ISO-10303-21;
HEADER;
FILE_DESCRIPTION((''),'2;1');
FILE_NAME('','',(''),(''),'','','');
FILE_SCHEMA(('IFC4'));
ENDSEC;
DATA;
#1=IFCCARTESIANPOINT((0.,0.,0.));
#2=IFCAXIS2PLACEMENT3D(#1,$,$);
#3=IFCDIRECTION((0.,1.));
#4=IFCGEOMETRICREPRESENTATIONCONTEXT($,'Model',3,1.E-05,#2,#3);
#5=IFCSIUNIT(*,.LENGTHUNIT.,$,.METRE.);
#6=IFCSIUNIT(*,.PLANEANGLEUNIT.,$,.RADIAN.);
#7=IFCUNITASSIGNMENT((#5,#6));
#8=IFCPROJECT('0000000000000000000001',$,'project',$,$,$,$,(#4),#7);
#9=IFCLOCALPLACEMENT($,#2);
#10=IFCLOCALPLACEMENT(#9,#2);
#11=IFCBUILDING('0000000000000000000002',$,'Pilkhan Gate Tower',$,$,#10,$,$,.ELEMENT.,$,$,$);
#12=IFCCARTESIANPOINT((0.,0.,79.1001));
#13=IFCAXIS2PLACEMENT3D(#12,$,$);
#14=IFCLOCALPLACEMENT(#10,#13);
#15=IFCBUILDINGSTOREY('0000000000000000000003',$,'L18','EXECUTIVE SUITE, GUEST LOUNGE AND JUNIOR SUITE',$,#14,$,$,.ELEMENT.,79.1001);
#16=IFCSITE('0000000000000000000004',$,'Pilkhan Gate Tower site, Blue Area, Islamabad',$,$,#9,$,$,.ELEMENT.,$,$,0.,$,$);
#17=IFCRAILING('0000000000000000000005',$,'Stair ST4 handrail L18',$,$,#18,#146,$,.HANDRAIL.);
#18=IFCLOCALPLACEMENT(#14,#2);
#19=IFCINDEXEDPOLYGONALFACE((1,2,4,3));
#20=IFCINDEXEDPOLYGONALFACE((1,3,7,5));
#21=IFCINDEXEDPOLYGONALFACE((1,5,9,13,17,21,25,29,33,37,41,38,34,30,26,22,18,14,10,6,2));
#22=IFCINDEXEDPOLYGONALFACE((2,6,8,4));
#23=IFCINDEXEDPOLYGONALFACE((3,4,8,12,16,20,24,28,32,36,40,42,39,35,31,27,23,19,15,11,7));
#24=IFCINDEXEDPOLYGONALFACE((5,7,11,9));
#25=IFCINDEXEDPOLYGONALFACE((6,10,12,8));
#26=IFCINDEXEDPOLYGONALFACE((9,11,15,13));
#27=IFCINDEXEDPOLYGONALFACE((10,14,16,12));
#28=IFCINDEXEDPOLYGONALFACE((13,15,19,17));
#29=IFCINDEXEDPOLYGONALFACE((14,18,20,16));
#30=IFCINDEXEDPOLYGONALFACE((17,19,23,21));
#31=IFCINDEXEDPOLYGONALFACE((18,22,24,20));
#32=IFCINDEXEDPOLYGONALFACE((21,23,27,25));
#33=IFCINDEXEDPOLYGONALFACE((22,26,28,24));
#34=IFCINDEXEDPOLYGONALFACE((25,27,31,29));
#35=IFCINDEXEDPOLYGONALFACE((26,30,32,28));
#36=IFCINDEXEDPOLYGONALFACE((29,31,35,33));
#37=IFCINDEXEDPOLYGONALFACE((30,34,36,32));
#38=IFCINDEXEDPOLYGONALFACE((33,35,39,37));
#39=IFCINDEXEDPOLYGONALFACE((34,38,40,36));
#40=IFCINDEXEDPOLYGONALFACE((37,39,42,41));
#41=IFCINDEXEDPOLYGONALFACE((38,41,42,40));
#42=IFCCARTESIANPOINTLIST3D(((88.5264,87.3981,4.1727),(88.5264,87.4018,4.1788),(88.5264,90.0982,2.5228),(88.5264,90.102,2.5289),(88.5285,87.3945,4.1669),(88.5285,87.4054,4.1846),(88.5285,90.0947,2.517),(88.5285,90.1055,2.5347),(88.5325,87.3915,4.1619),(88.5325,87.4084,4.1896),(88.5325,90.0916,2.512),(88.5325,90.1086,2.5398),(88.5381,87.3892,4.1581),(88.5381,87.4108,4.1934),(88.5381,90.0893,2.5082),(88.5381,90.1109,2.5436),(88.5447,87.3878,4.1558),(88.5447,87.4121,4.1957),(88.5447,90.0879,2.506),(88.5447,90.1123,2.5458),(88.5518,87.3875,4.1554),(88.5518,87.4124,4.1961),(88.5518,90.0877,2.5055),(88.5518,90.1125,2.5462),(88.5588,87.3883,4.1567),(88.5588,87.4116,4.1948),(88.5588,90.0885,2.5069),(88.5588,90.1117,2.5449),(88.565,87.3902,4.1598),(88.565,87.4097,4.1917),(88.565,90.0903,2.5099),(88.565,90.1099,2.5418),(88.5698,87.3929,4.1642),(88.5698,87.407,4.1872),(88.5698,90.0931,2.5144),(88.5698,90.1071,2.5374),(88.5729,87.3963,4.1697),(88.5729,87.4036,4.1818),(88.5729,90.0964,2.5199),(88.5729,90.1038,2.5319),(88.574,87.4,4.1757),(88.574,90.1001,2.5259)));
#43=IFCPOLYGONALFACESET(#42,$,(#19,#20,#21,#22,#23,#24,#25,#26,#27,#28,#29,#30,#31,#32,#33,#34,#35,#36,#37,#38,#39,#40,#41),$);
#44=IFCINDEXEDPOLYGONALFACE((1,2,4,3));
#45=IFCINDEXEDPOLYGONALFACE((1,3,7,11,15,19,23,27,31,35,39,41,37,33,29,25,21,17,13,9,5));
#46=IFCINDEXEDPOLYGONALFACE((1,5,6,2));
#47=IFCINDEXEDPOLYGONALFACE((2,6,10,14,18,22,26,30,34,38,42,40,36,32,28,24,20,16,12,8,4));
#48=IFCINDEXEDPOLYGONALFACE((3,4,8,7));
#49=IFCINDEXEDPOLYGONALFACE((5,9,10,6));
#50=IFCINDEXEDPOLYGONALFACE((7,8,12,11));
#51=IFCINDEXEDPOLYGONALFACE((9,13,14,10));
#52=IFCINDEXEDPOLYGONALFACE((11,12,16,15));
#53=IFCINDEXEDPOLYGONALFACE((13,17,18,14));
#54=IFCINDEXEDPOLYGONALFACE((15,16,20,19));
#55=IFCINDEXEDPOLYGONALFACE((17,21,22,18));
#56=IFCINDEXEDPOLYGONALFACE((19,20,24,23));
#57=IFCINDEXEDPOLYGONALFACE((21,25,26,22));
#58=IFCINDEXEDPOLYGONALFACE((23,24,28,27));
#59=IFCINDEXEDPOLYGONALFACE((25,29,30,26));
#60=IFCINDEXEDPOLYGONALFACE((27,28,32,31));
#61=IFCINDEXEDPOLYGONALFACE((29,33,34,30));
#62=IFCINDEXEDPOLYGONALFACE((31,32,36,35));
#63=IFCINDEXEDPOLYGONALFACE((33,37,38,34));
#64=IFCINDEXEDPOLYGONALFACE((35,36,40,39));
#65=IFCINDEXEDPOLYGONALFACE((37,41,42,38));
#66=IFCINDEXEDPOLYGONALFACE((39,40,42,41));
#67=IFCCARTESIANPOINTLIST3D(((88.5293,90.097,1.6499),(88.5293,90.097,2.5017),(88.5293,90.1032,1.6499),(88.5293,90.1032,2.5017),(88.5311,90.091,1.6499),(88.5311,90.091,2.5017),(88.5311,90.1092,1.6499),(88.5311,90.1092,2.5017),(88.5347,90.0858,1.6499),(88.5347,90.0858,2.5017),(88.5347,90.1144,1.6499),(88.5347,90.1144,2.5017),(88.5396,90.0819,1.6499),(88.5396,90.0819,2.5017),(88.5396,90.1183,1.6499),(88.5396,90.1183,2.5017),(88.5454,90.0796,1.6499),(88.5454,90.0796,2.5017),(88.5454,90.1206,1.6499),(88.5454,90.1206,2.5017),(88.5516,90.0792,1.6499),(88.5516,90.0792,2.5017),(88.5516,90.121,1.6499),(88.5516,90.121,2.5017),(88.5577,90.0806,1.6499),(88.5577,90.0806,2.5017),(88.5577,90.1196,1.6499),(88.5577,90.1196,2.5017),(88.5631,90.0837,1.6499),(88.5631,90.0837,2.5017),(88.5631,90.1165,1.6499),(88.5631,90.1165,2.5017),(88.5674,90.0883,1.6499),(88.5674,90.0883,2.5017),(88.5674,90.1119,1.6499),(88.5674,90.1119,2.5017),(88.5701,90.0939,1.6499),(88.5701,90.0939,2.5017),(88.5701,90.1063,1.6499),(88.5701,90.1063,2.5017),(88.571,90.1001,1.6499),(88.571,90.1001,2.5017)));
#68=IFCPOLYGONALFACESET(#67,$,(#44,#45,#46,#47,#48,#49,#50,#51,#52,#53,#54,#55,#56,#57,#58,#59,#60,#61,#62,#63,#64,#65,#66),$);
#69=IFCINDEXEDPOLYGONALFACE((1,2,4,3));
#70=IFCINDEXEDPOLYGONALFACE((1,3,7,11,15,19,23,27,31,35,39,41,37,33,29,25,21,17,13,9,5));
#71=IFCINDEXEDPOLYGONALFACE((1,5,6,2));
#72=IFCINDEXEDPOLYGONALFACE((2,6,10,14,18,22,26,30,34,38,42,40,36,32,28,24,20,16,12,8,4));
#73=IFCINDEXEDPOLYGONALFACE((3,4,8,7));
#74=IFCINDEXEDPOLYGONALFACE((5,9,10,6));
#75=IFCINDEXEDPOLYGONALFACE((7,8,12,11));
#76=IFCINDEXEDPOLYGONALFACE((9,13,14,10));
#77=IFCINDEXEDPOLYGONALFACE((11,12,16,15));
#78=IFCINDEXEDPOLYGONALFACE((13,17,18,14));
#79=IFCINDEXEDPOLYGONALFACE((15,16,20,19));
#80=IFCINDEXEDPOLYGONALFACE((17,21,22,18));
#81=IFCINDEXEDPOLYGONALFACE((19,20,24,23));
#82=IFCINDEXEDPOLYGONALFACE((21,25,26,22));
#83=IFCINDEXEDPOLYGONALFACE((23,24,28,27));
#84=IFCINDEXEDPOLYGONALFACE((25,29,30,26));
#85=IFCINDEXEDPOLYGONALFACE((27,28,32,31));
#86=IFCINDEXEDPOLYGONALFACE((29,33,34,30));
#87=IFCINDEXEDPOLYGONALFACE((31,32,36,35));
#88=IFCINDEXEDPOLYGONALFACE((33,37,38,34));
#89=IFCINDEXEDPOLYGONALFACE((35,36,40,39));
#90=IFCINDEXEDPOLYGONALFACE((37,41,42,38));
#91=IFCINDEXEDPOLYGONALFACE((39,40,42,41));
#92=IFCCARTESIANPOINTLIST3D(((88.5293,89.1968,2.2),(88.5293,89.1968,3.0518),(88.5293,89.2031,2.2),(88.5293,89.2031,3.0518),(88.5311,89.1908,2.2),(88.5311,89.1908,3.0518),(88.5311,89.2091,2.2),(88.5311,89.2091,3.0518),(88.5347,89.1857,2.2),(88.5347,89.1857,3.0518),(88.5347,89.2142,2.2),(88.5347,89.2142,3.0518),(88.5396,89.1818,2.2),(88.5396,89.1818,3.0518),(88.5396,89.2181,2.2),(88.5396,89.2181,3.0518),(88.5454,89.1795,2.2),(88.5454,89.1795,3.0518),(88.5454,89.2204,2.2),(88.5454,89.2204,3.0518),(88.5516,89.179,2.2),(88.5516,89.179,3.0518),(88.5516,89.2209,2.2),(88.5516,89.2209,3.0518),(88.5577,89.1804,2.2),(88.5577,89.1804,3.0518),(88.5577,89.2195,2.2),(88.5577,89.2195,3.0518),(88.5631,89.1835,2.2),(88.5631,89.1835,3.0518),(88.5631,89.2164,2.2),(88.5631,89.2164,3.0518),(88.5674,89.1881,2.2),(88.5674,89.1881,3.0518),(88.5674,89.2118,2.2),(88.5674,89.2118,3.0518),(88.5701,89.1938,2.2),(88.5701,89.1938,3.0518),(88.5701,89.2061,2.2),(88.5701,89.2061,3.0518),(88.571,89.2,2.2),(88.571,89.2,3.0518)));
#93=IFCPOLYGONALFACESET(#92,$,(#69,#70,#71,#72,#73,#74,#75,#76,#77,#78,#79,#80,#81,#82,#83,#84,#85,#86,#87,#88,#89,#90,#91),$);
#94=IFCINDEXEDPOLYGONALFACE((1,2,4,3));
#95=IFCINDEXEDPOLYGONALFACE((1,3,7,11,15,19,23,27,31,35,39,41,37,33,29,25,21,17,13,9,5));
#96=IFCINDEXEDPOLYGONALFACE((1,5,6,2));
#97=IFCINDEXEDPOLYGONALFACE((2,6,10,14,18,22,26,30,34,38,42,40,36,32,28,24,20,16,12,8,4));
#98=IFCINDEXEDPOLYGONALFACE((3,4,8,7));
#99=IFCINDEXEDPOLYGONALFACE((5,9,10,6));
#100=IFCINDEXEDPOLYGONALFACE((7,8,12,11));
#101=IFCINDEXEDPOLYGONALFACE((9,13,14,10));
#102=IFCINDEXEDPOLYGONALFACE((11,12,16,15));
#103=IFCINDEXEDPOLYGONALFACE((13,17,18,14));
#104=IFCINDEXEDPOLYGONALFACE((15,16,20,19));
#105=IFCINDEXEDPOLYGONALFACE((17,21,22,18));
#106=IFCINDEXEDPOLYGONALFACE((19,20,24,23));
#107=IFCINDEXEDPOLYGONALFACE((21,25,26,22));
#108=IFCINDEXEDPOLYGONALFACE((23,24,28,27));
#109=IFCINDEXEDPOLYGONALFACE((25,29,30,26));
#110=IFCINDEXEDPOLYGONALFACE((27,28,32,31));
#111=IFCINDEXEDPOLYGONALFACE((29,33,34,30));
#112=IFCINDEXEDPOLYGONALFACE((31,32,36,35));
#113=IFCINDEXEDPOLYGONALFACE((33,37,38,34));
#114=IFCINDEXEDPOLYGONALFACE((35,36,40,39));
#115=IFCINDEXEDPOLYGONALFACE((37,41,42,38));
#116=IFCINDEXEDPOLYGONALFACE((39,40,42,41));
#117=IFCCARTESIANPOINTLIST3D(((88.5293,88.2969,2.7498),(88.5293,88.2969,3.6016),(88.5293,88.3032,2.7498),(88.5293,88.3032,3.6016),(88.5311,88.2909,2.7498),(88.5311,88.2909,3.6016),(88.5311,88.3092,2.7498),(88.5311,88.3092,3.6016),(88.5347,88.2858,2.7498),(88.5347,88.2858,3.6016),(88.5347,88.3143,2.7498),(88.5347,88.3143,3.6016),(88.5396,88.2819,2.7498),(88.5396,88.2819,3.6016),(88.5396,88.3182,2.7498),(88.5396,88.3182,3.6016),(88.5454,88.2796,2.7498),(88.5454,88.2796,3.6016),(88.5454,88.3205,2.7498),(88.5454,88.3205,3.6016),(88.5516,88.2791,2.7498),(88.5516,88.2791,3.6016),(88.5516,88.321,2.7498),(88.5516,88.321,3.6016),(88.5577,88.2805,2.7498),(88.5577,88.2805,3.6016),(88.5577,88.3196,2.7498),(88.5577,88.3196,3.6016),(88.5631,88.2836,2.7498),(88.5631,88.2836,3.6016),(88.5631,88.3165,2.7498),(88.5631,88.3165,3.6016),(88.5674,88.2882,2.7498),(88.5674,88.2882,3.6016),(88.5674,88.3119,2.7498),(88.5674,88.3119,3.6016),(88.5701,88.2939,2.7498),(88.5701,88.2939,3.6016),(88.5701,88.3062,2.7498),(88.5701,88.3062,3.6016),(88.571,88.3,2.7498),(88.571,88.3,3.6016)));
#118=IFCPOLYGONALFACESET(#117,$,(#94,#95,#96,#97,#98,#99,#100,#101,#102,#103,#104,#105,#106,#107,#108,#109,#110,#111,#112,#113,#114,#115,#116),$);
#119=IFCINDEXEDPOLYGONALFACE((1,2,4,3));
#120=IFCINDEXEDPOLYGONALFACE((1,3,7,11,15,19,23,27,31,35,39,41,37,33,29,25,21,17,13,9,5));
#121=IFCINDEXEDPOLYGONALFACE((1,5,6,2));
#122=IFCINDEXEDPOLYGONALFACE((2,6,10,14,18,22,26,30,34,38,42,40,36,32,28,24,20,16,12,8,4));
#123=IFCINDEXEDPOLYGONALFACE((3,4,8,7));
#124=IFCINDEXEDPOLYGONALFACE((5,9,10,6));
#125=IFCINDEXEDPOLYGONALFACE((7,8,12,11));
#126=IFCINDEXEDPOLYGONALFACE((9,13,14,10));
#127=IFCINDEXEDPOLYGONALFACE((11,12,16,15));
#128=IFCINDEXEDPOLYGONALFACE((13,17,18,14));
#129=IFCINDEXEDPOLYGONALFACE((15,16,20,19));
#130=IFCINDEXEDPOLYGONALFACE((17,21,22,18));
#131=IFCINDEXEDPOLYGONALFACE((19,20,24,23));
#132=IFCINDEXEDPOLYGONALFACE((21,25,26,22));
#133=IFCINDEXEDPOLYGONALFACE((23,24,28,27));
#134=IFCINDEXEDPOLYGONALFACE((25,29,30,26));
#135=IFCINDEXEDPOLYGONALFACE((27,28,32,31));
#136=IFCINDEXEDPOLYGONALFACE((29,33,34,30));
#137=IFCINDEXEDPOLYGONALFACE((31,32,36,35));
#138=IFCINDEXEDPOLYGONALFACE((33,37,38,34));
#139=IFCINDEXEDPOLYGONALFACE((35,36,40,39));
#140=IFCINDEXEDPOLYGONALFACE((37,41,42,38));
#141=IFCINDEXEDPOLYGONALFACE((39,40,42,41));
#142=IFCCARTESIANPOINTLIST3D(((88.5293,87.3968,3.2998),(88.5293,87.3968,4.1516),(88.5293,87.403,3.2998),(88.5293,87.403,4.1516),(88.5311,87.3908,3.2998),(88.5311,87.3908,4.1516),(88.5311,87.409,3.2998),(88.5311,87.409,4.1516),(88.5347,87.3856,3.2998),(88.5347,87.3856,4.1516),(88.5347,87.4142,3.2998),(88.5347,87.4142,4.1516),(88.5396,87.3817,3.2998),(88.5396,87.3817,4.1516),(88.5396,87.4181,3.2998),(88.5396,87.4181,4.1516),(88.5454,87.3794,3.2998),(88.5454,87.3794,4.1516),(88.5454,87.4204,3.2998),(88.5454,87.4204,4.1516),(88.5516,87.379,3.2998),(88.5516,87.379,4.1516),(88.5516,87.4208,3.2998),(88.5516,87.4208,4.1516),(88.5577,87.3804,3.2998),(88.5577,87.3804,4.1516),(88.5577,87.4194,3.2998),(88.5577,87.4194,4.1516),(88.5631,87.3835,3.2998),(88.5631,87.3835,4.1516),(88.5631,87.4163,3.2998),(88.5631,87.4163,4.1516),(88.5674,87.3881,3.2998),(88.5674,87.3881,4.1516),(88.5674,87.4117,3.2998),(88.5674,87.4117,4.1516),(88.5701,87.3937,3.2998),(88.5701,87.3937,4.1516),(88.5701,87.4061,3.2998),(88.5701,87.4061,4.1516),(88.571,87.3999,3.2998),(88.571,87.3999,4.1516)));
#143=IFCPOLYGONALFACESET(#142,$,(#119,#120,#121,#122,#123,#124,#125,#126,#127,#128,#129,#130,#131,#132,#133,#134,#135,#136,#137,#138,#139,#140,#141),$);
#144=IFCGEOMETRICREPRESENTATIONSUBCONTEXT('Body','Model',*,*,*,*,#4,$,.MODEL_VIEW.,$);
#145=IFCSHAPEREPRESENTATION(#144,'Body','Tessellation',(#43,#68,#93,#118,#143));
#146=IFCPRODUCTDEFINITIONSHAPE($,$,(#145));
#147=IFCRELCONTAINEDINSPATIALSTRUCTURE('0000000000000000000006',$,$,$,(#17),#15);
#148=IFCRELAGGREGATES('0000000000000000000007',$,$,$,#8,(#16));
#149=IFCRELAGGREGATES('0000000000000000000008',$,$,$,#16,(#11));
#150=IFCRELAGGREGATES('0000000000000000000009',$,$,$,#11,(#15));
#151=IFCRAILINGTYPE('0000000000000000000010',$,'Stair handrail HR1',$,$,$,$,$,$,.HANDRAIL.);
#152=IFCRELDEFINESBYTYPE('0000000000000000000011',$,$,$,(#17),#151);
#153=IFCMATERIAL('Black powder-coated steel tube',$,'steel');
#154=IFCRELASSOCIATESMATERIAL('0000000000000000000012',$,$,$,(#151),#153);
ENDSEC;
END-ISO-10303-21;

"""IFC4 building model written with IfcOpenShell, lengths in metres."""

from ifc_helpers import new_model, si_unit, direction, frame, origin, origin_2d, place, context, subcontext, project, spatial, circle, extrude, material, type_object, element, save


model = new_model("IFC4")

# Units and contexts
model_context = context("Model", 3, precision=1e-05, world=origin(), true_north=direction((0.0, 1.0)))
body_context = subcontext(model_context, "Body", "Model", "MODEL_VIEW")
ifc_project = project(units=[si_unit("LENGTHUNIT", "METRE"), si_unit("PLANEANGLEUNIT", "RADIAN")], contexts=[model_context])

# Site, building, storey
site_placement = place(None, origin())
site = spatial("IfcSite", under=ifc_project, at=site_placement, Name="Pilkhan Gate Tower site, Blue Area, Islamabad", CompositionType="ELEMENT", RefElevation=0.0)
building_placement = place(site_placement, origin())
building = spatial("IfcBuilding", under=site, at=building_placement, Name="Pilkhan Gate Tower", CompositionType="ELEMENT")
storey_placement = place(building_placement, frame((0.0, 0.0, 79.1001)))
storey = spatial("IfcBuildingStorey", under=building, at=storey_placement, Name="L18", Description="EXECUTIVE SUITE, GUEST LOUNGE AND JUNIOR SUITE", CompositionType="ELEMENT", Elevation=79.1001)

# Railing
ifc_material_1 = material(Name="Black powder-coated steel tube", Category="steel")
railing_type_1 = type_object("IfcRailingType", Name="Stair handrail HR1", PredefinedType="HANDRAIL", material=ifc_material_1)
railing_1_placement = place(storey_placement, frame((88.55, 90.1001, 1.6499)))
element("IfcRailing", 1, at=railing_1_placement, inside=storey, type_object=railing_type_1, Name="Stair ST4 handrail L18", PredefinedType="HANDRAIL", context=body_context, shape_type="SweptSolid", body=[
    extrude(circle(Radius=0.0239, at=origin_2d()), frame((0.0, 0.0, 0.876), z_axis=(0.0, -0.853312, 0.5214), x_axis=(1.0, 0.0, 0.0)), (0.0, 0.0, 1.0), 3.1643),
    extrude(circle(Radius=0.021, at=origin_2d()), origin(), (0.0, 0.0, 1.0), 0.8518),
    extrude(circle(Radius=0.021, at=origin_2d()), frame((0.0, -0.9001, 0.55)), (0.0, 0.0, 1.0), 0.8518),
    extrude(circle(Radius=0.021, at=origin_2d()), frame((0.0, -1.8, 1.0999)), (0.0, 0.0, 1.0), 0.8518),
    extrude(circle(Radius=0.021, at=origin_2d()), frame((0.0, -2.7002, 1.6499)), (0.0, 0.0, 1.0), 0.8518),
])

save(model, "model.ifc")
